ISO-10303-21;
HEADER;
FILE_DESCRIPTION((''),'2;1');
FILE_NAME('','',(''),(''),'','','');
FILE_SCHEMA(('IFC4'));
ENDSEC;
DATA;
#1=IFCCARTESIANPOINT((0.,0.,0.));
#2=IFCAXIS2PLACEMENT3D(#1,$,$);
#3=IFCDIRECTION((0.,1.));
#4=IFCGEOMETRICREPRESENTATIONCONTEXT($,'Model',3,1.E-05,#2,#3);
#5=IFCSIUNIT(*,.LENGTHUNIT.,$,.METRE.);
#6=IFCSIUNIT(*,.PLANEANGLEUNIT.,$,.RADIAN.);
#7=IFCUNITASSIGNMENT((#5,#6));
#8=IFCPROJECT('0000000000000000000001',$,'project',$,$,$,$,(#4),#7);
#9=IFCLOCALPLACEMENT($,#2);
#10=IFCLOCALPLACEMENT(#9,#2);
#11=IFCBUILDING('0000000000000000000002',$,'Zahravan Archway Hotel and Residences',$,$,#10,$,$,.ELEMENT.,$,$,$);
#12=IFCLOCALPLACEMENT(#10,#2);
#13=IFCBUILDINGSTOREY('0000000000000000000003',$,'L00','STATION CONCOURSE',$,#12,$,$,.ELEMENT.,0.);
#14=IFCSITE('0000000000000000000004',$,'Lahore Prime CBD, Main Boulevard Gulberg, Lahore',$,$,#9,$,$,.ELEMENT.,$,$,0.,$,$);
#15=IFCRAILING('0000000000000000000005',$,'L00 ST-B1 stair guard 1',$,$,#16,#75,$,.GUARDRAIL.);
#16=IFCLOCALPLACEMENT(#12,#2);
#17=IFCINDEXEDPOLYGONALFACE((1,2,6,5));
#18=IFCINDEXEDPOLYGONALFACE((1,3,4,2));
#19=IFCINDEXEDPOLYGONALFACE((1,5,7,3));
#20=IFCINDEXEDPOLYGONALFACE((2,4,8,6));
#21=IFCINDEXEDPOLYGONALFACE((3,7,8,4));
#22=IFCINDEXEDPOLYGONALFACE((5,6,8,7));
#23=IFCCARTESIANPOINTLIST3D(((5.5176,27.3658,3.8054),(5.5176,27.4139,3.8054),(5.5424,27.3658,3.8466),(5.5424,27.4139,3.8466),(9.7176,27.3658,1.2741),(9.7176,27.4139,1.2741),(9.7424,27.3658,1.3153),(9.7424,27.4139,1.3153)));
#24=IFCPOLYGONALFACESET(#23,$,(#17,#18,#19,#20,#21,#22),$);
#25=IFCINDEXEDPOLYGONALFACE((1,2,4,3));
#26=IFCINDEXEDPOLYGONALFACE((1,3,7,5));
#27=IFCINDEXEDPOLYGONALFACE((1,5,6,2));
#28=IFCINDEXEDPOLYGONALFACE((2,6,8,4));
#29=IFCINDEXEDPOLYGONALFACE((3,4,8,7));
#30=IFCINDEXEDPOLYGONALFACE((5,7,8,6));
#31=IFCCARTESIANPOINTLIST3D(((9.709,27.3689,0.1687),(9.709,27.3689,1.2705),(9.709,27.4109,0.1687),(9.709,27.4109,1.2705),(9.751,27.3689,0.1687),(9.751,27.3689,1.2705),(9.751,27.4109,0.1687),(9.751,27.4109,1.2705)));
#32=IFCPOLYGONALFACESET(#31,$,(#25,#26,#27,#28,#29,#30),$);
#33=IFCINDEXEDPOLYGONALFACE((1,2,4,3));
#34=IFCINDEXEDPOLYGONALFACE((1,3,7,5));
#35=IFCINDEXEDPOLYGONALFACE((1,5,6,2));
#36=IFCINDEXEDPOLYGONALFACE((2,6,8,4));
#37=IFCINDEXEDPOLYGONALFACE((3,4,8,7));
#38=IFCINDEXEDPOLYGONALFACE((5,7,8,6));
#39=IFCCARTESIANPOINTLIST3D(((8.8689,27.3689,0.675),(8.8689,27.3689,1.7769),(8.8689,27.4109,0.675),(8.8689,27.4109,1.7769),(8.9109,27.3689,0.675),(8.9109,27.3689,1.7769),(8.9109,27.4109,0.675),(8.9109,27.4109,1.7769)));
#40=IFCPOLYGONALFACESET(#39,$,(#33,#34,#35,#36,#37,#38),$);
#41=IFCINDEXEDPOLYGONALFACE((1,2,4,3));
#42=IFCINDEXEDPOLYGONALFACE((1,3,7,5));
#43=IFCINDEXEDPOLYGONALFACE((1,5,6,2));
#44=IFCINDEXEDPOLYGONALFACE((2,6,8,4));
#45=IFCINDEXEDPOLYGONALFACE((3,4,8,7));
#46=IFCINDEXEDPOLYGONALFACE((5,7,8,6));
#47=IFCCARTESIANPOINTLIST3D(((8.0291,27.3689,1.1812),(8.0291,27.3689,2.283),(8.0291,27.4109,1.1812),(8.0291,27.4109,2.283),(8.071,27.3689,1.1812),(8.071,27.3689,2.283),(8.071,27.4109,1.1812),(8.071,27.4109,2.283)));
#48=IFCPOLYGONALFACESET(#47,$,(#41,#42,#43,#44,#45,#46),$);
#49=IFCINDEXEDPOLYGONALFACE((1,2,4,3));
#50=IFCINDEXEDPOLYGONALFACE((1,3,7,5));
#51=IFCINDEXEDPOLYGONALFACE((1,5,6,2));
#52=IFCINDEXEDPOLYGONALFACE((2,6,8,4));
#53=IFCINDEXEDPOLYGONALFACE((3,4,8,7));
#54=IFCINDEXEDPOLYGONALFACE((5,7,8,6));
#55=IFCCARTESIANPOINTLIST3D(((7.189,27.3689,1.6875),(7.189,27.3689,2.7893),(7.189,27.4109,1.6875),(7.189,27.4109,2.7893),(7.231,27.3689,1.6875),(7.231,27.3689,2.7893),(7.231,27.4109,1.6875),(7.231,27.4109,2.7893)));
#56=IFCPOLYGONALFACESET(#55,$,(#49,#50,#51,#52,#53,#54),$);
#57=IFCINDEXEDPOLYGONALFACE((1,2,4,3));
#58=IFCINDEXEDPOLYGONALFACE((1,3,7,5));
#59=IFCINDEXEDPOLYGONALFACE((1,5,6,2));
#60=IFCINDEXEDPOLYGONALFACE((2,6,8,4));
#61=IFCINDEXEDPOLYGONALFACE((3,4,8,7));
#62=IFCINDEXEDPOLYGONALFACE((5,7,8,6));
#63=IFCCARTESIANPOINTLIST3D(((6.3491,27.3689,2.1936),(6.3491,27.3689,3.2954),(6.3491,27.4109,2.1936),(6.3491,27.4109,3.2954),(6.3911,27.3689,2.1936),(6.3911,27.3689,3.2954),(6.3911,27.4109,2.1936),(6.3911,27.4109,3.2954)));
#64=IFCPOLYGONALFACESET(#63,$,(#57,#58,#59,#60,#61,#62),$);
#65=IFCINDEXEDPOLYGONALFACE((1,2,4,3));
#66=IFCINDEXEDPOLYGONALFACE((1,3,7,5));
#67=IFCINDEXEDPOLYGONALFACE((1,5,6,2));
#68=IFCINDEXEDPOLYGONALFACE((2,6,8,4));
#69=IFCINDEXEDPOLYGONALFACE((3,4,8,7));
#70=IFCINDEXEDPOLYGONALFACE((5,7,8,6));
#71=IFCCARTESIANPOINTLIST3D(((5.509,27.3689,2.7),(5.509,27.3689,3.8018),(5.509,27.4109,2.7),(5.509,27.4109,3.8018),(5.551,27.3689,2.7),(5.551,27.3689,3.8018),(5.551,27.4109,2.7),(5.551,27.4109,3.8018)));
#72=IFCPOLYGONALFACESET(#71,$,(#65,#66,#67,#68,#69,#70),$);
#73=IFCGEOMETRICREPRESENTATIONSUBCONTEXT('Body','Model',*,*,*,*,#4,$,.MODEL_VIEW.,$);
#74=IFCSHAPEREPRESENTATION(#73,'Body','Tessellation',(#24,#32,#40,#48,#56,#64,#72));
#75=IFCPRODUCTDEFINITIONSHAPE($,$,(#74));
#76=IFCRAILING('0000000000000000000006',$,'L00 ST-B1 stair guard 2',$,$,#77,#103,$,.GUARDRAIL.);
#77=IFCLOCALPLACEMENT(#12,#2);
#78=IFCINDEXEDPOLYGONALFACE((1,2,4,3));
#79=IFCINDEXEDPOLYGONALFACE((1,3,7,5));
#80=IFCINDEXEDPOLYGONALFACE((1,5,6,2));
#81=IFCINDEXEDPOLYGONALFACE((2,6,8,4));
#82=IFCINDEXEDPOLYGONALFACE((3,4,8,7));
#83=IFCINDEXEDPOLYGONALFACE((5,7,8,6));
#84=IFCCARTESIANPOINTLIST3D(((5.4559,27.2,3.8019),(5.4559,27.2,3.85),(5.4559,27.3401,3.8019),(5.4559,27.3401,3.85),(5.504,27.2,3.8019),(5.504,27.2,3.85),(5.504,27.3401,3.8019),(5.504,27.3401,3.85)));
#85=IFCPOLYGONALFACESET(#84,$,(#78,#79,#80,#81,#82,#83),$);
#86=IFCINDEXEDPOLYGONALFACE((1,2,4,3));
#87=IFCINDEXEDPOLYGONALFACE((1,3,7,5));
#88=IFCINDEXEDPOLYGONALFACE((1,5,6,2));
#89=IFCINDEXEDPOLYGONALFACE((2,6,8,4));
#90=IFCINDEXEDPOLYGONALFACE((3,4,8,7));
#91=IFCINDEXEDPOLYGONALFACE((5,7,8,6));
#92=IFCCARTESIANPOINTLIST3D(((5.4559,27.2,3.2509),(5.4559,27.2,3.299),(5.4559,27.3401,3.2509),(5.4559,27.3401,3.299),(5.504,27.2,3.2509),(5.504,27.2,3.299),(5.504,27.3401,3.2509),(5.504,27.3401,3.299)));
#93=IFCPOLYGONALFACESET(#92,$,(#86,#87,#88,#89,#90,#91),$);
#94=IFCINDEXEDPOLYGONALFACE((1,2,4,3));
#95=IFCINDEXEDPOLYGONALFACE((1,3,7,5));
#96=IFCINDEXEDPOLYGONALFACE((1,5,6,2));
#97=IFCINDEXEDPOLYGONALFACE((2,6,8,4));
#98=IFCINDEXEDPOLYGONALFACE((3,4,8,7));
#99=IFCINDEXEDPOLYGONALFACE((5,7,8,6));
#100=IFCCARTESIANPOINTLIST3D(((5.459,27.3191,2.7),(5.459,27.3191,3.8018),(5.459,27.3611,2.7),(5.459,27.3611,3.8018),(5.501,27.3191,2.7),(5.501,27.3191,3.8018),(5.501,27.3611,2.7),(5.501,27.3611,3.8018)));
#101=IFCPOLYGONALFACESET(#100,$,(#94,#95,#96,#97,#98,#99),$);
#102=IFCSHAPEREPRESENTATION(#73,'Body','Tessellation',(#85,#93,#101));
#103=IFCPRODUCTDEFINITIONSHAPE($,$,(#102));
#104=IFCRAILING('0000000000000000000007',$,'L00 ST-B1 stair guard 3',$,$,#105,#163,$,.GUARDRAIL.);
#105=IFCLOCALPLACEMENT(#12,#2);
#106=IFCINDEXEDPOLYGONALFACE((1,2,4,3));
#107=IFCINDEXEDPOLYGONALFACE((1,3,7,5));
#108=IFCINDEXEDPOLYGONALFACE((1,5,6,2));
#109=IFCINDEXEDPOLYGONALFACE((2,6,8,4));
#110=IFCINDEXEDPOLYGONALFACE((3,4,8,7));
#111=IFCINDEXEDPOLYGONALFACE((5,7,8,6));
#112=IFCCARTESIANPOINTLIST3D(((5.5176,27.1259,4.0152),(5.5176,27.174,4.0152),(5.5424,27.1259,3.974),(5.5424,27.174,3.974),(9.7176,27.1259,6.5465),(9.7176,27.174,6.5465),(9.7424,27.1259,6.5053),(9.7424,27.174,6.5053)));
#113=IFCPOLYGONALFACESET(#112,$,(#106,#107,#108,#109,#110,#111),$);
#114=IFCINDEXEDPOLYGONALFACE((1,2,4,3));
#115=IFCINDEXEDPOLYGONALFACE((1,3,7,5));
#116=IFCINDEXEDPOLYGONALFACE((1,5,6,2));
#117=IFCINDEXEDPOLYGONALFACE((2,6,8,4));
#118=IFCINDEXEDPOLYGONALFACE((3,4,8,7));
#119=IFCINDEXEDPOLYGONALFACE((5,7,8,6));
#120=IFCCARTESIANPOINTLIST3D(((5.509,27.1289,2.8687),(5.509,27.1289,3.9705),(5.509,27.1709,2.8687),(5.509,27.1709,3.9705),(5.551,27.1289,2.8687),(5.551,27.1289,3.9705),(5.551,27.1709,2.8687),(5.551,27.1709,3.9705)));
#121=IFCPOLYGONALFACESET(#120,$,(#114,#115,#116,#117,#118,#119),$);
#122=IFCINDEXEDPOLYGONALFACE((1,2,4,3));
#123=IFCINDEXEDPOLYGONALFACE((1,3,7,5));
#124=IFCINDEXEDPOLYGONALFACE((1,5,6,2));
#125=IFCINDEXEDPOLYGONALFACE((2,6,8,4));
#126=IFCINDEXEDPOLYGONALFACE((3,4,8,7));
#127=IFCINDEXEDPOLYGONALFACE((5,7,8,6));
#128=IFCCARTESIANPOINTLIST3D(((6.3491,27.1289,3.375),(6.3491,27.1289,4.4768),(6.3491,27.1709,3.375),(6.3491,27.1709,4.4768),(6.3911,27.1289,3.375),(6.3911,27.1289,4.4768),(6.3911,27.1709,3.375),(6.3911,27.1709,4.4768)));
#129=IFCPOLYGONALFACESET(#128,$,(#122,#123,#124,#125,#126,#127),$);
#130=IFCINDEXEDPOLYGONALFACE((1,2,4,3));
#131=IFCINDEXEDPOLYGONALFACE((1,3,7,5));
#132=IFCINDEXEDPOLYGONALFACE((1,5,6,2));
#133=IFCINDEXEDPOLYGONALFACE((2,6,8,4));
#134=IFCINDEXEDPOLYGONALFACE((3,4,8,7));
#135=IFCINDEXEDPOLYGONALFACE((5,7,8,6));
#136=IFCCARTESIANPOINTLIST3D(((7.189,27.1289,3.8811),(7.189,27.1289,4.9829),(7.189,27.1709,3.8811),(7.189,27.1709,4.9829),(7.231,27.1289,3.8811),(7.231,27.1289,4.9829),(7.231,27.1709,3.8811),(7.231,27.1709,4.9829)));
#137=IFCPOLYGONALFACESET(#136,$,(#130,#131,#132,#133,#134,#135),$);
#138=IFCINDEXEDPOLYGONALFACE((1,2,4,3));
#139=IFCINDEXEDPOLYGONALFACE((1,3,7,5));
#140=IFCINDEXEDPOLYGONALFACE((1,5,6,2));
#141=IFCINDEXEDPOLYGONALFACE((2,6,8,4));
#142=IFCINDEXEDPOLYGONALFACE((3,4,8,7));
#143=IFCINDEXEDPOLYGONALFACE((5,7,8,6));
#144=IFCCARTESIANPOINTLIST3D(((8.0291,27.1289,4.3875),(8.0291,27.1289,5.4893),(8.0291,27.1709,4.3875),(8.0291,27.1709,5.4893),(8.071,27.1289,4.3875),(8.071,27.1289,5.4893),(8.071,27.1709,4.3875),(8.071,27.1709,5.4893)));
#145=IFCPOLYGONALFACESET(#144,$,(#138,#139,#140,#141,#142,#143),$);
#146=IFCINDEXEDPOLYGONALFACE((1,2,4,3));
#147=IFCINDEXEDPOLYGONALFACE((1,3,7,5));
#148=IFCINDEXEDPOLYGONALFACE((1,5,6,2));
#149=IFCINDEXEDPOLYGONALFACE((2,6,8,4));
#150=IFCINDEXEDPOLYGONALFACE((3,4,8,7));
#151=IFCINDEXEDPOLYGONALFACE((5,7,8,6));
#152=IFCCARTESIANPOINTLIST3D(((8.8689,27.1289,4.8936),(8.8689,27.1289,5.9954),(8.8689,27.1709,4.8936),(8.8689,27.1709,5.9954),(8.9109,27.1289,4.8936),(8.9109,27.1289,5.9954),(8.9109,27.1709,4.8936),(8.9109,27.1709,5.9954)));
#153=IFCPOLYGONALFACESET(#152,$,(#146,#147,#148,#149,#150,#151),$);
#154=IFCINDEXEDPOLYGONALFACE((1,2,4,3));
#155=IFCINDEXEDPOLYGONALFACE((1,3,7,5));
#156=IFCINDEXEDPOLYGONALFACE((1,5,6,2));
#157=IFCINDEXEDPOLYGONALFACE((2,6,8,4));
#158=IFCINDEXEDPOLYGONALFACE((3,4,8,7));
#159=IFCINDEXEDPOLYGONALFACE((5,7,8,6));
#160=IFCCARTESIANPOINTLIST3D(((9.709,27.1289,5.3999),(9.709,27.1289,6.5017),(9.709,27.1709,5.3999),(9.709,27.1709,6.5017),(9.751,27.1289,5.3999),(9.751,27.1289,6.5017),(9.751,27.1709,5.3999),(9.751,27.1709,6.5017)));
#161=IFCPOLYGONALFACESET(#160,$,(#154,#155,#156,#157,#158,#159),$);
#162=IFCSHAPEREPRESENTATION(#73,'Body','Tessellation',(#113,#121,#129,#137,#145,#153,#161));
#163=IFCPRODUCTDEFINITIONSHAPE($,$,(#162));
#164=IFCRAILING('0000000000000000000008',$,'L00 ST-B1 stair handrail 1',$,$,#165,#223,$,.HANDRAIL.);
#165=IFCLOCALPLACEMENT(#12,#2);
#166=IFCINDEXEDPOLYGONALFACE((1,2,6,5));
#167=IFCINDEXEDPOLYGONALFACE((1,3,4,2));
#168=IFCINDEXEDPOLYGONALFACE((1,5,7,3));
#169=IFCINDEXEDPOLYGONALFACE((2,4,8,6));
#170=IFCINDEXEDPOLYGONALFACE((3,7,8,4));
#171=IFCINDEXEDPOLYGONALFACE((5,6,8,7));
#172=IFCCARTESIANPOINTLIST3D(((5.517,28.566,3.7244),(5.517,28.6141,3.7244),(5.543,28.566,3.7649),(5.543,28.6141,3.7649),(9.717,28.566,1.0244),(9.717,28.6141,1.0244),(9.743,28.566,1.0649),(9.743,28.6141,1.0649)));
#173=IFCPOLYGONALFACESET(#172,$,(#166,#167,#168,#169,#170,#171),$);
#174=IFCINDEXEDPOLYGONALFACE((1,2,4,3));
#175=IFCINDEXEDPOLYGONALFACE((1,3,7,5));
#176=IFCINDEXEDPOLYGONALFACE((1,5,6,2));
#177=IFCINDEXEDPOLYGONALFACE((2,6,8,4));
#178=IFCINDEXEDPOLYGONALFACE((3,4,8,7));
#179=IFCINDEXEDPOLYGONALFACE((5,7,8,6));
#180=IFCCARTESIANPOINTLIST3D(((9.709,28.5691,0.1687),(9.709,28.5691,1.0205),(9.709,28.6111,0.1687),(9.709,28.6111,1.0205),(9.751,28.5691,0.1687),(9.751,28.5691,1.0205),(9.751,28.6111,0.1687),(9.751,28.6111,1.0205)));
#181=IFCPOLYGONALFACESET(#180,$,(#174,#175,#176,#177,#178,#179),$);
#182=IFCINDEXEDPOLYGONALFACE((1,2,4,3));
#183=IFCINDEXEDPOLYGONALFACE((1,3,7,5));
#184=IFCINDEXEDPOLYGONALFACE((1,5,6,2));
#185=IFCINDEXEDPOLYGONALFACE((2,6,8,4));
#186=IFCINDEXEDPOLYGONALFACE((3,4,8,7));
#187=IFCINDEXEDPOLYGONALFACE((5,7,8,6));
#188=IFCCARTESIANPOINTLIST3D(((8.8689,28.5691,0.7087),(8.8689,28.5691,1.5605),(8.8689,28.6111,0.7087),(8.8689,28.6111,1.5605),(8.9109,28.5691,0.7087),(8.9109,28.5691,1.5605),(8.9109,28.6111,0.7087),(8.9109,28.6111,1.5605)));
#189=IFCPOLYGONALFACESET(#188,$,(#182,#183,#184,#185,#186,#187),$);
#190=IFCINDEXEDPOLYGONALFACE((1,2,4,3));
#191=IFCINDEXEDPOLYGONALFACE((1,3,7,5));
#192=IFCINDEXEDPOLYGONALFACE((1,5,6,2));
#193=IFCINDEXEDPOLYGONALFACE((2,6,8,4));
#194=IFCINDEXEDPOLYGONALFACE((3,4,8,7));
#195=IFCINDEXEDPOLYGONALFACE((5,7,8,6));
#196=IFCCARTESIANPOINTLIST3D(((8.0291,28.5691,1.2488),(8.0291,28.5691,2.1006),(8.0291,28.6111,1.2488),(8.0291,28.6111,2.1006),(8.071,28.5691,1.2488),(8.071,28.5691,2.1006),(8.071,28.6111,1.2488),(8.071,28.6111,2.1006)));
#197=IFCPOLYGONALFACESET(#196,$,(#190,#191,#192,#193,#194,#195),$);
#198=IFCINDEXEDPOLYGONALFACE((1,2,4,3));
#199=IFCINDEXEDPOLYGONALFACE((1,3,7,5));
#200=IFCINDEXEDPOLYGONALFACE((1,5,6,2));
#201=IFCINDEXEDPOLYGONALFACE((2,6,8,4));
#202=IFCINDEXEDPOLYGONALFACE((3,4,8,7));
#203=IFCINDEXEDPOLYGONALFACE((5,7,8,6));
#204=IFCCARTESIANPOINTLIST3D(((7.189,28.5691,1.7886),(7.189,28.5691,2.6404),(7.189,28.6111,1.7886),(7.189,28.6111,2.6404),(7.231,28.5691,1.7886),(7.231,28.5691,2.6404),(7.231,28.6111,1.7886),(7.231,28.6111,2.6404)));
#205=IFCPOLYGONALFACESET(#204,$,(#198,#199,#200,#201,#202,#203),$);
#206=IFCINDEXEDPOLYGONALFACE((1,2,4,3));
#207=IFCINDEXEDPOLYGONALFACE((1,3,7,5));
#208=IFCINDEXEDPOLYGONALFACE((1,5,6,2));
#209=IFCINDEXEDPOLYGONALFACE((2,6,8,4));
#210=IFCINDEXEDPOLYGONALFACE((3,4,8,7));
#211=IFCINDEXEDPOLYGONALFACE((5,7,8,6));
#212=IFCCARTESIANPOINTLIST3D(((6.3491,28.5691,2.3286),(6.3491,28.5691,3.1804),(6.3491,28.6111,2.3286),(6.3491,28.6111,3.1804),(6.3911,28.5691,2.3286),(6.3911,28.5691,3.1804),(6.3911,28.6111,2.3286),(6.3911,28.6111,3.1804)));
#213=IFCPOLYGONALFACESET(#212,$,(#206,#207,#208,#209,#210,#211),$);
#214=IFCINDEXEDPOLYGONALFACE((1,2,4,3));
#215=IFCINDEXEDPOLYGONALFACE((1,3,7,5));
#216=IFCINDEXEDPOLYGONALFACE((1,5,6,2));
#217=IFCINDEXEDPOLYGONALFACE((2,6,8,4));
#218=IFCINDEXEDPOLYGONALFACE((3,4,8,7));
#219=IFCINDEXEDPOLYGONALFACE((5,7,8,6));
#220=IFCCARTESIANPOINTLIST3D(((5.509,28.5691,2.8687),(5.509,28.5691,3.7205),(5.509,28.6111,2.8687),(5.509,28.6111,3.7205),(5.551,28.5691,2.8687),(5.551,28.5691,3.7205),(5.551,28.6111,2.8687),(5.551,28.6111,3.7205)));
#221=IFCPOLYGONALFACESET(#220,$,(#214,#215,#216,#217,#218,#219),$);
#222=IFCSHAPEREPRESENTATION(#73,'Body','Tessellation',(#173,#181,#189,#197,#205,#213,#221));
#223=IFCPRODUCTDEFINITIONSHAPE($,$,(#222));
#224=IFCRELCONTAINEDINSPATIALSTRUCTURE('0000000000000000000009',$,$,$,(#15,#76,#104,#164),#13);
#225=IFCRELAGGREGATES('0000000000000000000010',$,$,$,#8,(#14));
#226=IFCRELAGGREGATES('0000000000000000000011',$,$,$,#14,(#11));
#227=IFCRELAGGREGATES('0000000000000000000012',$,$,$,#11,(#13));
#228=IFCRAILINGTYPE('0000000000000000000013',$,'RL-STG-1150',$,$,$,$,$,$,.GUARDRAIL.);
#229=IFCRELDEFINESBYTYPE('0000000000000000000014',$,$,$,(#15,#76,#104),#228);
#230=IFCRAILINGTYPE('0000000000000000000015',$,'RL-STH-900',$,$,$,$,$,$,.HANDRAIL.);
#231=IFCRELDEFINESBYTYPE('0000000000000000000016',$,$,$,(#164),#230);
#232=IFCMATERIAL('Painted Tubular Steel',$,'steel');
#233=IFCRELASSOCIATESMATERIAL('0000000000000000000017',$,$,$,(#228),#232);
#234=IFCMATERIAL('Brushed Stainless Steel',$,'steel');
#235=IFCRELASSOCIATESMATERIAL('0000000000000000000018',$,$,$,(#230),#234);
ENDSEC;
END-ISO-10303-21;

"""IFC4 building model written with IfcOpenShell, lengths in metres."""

from ifc_helpers import new_model, si_unit, direction, frame, origin, origin_2d, place, context, subcontext, project, spatial, rectangle, extrude, material, type_object, element, save


model = new_model("IFC4")

# Units and contexts
model_context = context("Model", 3, precision=1e-05, world=origin(), true_north=direction((0.0, 1.0)))
body_context = subcontext(model_context, "Body", "Model", "MODEL_VIEW")
ifc_project = project(units=[si_unit("LENGTHUNIT", "METRE"), si_unit("PLANEANGLEUNIT", "RADIAN")], contexts=[model_context])

# Site, building, storey
site_placement = place(None, origin())
site = spatial("IfcSite", under=ifc_project, at=site_placement, Name="Lahore Prime CBD, Main Boulevard Gulberg, Lahore", CompositionType="ELEMENT", RefElevation=0.0)
building_placement = place(site_placement, origin())
building = spatial("IfcBuilding", under=site, at=building_placement, Name="Zahravan Archway Hotel and Residences", CompositionType="ELEMENT")
storey_placement = place(building_placement, origin())
storey = spatial("IfcBuildingStorey", under=building, at=storey_placement, Name="L00", Description="STATION CONCOURSE", CompositionType="ELEMENT", Elevation=0.0)

# Shared definitions
ifc_material_1 = material(Name="Brushed Stainless Steel", Category="steel")

# Railings
ifc_material_2 = material(Name="Painted Tubular Steel", Category="steel")
railing_type_1 = type_object("IfcRailingType", Name="RL-STG-1150", PredefinedType="GUARDRAIL", material=ifc_material_2)
railing_1_placement = place(storey_placement, frame((9.73, 27.3899, 0.1687)))
element("IfcRailing", 1, at=railing_1_placement, inside=storey, type_object=railing_type_1, Name="L00 ST-B1 stair guard 1", PredefinedType="GUARDRAIL", context=body_context, shape_type="SweptSolid", body=[
    extrude(rectangle(XDim=0.0481, YDim=0.0481, at=origin_2d()), frame((0.0, 0.0, 1.126), z_axis=(-0.856476, 0.0, 0.516186), x_axis=(0.0, -1.0, 0.0)), (0.0, 0.0, 1.0), 4.9038),
    extrude(rectangle(XDim=0.042, YDim=0.042, at=origin_2d()), origin(), (0.0, 0.0, 1.0), 1.1018),
    extrude(rectangle(XDim=0.042, YDim=0.042, at=origin_2d()), frame((-0.8401, 0.0, 0.5063)), (0.0, 0.0, 1.0), 1.1018),
    extrude(rectangle(XDim=0.042, YDim=0.042, at=origin_2d()), frame((-1.6799, 0.0, 1.0125)), (0.0, 0.0, 1.0), 1.1018),
    extrude(rectangle(XDim=0.042, YDim=0.042, at=origin_2d()), frame((-2.52, 0.0, 1.5188)), (0.0, 0.0, 1.0), 1.1018),
    extrude(rectangle(XDim=0.042, YDim=0.042, at=origin_2d()), frame((-3.3599, 0.0, 2.0249)), (0.0, 0.0, 1.0), 1.1018),
    extrude(rectangle(XDim=0.042, YDim=0.042, at=origin_2d()), frame((-4.2, 0.0, 2.5312)), (0.0, 0.0, 1.0), 1.1018),
])
railing_2_placement = place(storey_placement, frame((5.48, 27.3401, 2.7)))
element("IfcRailing", 2, at=railing_2_placement, inside=storey, type_object=railing_type_1, Name="L00 ST-B1 stair guard 2", PredefinedType="GUARDRAIL", context=body_context, shape_type="SweptSolid", body=[
    extrude(rectangle(XDim=0.0481, YDim=0.0481, at=origin_2d()), frame((0.0, 0.0, 1.126), z_axis=(0.0, -1.0, 0.0), x_axis=(1.0, 0.0, 0.0)), (0.0, 0.0, 1.0), 0.1401),
    extrude(rectangle(XDim=0.0481, YDim=0.0481, at=origin_2d()), frame((0.0, 0.0, 0.575), z_axis=(0.0, -1.0, 0.0), x_axis=(1.0, 0.0, 0.0)), (0.0, 0.0, 1.0), 0.1401),
    extrude(rectangle(XDim=0.042, YDim=0.042, at=origin_2d()), origin(), (0.0, 0.0, 1.0), 1.1018),
])
railing_3_placement = place(storey_placement, frame((5.53, 27.1499, 2.8687)))
element("IfcRailing", 3, at=railing_3_placement, inside=storey, type_object=railing_type_1, Name="L00 ST-B1 stair guard 3", PredefinedType="GUARDRAIL", context=body_context, shape_type="SweptSolid", body=[
    extrude(rectangle(XDim=0.0481, YDim=0.0481, at=origin_2d()), frame((0.0, 0.0, 1.126), z_axis=(0.856476, 0.0, 0.516186), x_axis=(0.0, 1.0, 0.0)), (0.0, 0.0, 1.0), 4.9038),
    extrude(rectangle(XDim=0.042, YDim=0.042, at=origin_2d()), origin(), (0.0, 0.0, 1.0), 1.1018),
    extrude(rectangle(XDim=0.042, YDim=0.042, at=origin_2d()), frame((0.8401, 0.0, 0.5063)), (0.0, 0.0, 1.0), 1.1018),
    extrude(rectangle(XDim=0.042, YDim=0.042, at=origin_2d()), frame((1.6799, 0.0, 1.0125)), (0.0, 0.0, 1.0), 1.1018),
    extrude(rectangle(XDim=0.042, YDim=0.042, at=origin_2d()), frame((2.52, 0.0, 1.5188)), (0.0, 0.0, 1.0), 1.1018),
    extrude(rectangle(XDim=0.042, YDim=0.042, at=origin_2d()), frame((3.3599, 0.0, 2.0249)), (0.0, 0.0, 1.0), 1.1018),
    extrude(rectangle(XDim=0.042, YDim=0.042, at=origin_2d()), frame((4.2, 0.0, 2.5312)), (0.0, 0.0, 1.0), 1.1018),
])
railing_type_2 = type_object("IfcRailingType", Name="RL-STH-900", PredefinedType="HANDRAIL", material=ifc_material_1)
railing_4_placement = place(storey_placement, frame((9.73, 28.5901, 0.1687)))
element("IfcRailing", 4, at=railing_4_placement, inside=storey, type_object=railing_type_2, Name="L00 ST-B1 stair handrail 1", PredefinedType="HANDRAIL", context=body_context, shape_type="SweptSolid", body=[
    extrude(rectangle(XDim=0.0481, YDim=0.0481, at=origin_2d()), frame((0.0, 0.0, 0.876), z_axis=(-0.84118, 0.0, 0.540755), x_axis=(0.0, -1.0, 0.0)), (0.0, 0.0, 1.0), 4.9929),
    extrude(rectangle(XDim=0.042, YDim=0.042, at=origin_2d()), origin(), (0.0, 0.0, 1.0), 0.8518),
    extrude(rectangle(XDim=0.042, YDim=0.042, at=origin_2d()), frame((-0.8401, 0.0, 0.54)), (0.0, 0.0, 1.0), 0.8518),
    extrude(rectangle(XDim=0.042, YDim=0.042, at=origin_2d()), frame((-1.6799, 0.0, 1.0801)), (0.0, 0.0, 1.0), 0.8518),
    extrude(rectangle(XDim=0.042, YDim=0.042, at=origin_2d()), frame((-2.52, 0.0, 1.6199)), (0.0, 0.0, 1.0), 0.8518),
    extrude(rectangle(XDim=0.042, YDim=0.042, at=origin_2d()), frame((-3.3599, 0.0, 2.1599)), (0.0, 0.0, 1.0), 0.8518),
    extrude(rectangle(XDim=0.042, YDim=0.042, at=origin_2d()), frame((-4.2, 0.0, 2.7)), (0.0, 0.0, 1.0), 0.8518),
])

save(model, "model.ifc")
